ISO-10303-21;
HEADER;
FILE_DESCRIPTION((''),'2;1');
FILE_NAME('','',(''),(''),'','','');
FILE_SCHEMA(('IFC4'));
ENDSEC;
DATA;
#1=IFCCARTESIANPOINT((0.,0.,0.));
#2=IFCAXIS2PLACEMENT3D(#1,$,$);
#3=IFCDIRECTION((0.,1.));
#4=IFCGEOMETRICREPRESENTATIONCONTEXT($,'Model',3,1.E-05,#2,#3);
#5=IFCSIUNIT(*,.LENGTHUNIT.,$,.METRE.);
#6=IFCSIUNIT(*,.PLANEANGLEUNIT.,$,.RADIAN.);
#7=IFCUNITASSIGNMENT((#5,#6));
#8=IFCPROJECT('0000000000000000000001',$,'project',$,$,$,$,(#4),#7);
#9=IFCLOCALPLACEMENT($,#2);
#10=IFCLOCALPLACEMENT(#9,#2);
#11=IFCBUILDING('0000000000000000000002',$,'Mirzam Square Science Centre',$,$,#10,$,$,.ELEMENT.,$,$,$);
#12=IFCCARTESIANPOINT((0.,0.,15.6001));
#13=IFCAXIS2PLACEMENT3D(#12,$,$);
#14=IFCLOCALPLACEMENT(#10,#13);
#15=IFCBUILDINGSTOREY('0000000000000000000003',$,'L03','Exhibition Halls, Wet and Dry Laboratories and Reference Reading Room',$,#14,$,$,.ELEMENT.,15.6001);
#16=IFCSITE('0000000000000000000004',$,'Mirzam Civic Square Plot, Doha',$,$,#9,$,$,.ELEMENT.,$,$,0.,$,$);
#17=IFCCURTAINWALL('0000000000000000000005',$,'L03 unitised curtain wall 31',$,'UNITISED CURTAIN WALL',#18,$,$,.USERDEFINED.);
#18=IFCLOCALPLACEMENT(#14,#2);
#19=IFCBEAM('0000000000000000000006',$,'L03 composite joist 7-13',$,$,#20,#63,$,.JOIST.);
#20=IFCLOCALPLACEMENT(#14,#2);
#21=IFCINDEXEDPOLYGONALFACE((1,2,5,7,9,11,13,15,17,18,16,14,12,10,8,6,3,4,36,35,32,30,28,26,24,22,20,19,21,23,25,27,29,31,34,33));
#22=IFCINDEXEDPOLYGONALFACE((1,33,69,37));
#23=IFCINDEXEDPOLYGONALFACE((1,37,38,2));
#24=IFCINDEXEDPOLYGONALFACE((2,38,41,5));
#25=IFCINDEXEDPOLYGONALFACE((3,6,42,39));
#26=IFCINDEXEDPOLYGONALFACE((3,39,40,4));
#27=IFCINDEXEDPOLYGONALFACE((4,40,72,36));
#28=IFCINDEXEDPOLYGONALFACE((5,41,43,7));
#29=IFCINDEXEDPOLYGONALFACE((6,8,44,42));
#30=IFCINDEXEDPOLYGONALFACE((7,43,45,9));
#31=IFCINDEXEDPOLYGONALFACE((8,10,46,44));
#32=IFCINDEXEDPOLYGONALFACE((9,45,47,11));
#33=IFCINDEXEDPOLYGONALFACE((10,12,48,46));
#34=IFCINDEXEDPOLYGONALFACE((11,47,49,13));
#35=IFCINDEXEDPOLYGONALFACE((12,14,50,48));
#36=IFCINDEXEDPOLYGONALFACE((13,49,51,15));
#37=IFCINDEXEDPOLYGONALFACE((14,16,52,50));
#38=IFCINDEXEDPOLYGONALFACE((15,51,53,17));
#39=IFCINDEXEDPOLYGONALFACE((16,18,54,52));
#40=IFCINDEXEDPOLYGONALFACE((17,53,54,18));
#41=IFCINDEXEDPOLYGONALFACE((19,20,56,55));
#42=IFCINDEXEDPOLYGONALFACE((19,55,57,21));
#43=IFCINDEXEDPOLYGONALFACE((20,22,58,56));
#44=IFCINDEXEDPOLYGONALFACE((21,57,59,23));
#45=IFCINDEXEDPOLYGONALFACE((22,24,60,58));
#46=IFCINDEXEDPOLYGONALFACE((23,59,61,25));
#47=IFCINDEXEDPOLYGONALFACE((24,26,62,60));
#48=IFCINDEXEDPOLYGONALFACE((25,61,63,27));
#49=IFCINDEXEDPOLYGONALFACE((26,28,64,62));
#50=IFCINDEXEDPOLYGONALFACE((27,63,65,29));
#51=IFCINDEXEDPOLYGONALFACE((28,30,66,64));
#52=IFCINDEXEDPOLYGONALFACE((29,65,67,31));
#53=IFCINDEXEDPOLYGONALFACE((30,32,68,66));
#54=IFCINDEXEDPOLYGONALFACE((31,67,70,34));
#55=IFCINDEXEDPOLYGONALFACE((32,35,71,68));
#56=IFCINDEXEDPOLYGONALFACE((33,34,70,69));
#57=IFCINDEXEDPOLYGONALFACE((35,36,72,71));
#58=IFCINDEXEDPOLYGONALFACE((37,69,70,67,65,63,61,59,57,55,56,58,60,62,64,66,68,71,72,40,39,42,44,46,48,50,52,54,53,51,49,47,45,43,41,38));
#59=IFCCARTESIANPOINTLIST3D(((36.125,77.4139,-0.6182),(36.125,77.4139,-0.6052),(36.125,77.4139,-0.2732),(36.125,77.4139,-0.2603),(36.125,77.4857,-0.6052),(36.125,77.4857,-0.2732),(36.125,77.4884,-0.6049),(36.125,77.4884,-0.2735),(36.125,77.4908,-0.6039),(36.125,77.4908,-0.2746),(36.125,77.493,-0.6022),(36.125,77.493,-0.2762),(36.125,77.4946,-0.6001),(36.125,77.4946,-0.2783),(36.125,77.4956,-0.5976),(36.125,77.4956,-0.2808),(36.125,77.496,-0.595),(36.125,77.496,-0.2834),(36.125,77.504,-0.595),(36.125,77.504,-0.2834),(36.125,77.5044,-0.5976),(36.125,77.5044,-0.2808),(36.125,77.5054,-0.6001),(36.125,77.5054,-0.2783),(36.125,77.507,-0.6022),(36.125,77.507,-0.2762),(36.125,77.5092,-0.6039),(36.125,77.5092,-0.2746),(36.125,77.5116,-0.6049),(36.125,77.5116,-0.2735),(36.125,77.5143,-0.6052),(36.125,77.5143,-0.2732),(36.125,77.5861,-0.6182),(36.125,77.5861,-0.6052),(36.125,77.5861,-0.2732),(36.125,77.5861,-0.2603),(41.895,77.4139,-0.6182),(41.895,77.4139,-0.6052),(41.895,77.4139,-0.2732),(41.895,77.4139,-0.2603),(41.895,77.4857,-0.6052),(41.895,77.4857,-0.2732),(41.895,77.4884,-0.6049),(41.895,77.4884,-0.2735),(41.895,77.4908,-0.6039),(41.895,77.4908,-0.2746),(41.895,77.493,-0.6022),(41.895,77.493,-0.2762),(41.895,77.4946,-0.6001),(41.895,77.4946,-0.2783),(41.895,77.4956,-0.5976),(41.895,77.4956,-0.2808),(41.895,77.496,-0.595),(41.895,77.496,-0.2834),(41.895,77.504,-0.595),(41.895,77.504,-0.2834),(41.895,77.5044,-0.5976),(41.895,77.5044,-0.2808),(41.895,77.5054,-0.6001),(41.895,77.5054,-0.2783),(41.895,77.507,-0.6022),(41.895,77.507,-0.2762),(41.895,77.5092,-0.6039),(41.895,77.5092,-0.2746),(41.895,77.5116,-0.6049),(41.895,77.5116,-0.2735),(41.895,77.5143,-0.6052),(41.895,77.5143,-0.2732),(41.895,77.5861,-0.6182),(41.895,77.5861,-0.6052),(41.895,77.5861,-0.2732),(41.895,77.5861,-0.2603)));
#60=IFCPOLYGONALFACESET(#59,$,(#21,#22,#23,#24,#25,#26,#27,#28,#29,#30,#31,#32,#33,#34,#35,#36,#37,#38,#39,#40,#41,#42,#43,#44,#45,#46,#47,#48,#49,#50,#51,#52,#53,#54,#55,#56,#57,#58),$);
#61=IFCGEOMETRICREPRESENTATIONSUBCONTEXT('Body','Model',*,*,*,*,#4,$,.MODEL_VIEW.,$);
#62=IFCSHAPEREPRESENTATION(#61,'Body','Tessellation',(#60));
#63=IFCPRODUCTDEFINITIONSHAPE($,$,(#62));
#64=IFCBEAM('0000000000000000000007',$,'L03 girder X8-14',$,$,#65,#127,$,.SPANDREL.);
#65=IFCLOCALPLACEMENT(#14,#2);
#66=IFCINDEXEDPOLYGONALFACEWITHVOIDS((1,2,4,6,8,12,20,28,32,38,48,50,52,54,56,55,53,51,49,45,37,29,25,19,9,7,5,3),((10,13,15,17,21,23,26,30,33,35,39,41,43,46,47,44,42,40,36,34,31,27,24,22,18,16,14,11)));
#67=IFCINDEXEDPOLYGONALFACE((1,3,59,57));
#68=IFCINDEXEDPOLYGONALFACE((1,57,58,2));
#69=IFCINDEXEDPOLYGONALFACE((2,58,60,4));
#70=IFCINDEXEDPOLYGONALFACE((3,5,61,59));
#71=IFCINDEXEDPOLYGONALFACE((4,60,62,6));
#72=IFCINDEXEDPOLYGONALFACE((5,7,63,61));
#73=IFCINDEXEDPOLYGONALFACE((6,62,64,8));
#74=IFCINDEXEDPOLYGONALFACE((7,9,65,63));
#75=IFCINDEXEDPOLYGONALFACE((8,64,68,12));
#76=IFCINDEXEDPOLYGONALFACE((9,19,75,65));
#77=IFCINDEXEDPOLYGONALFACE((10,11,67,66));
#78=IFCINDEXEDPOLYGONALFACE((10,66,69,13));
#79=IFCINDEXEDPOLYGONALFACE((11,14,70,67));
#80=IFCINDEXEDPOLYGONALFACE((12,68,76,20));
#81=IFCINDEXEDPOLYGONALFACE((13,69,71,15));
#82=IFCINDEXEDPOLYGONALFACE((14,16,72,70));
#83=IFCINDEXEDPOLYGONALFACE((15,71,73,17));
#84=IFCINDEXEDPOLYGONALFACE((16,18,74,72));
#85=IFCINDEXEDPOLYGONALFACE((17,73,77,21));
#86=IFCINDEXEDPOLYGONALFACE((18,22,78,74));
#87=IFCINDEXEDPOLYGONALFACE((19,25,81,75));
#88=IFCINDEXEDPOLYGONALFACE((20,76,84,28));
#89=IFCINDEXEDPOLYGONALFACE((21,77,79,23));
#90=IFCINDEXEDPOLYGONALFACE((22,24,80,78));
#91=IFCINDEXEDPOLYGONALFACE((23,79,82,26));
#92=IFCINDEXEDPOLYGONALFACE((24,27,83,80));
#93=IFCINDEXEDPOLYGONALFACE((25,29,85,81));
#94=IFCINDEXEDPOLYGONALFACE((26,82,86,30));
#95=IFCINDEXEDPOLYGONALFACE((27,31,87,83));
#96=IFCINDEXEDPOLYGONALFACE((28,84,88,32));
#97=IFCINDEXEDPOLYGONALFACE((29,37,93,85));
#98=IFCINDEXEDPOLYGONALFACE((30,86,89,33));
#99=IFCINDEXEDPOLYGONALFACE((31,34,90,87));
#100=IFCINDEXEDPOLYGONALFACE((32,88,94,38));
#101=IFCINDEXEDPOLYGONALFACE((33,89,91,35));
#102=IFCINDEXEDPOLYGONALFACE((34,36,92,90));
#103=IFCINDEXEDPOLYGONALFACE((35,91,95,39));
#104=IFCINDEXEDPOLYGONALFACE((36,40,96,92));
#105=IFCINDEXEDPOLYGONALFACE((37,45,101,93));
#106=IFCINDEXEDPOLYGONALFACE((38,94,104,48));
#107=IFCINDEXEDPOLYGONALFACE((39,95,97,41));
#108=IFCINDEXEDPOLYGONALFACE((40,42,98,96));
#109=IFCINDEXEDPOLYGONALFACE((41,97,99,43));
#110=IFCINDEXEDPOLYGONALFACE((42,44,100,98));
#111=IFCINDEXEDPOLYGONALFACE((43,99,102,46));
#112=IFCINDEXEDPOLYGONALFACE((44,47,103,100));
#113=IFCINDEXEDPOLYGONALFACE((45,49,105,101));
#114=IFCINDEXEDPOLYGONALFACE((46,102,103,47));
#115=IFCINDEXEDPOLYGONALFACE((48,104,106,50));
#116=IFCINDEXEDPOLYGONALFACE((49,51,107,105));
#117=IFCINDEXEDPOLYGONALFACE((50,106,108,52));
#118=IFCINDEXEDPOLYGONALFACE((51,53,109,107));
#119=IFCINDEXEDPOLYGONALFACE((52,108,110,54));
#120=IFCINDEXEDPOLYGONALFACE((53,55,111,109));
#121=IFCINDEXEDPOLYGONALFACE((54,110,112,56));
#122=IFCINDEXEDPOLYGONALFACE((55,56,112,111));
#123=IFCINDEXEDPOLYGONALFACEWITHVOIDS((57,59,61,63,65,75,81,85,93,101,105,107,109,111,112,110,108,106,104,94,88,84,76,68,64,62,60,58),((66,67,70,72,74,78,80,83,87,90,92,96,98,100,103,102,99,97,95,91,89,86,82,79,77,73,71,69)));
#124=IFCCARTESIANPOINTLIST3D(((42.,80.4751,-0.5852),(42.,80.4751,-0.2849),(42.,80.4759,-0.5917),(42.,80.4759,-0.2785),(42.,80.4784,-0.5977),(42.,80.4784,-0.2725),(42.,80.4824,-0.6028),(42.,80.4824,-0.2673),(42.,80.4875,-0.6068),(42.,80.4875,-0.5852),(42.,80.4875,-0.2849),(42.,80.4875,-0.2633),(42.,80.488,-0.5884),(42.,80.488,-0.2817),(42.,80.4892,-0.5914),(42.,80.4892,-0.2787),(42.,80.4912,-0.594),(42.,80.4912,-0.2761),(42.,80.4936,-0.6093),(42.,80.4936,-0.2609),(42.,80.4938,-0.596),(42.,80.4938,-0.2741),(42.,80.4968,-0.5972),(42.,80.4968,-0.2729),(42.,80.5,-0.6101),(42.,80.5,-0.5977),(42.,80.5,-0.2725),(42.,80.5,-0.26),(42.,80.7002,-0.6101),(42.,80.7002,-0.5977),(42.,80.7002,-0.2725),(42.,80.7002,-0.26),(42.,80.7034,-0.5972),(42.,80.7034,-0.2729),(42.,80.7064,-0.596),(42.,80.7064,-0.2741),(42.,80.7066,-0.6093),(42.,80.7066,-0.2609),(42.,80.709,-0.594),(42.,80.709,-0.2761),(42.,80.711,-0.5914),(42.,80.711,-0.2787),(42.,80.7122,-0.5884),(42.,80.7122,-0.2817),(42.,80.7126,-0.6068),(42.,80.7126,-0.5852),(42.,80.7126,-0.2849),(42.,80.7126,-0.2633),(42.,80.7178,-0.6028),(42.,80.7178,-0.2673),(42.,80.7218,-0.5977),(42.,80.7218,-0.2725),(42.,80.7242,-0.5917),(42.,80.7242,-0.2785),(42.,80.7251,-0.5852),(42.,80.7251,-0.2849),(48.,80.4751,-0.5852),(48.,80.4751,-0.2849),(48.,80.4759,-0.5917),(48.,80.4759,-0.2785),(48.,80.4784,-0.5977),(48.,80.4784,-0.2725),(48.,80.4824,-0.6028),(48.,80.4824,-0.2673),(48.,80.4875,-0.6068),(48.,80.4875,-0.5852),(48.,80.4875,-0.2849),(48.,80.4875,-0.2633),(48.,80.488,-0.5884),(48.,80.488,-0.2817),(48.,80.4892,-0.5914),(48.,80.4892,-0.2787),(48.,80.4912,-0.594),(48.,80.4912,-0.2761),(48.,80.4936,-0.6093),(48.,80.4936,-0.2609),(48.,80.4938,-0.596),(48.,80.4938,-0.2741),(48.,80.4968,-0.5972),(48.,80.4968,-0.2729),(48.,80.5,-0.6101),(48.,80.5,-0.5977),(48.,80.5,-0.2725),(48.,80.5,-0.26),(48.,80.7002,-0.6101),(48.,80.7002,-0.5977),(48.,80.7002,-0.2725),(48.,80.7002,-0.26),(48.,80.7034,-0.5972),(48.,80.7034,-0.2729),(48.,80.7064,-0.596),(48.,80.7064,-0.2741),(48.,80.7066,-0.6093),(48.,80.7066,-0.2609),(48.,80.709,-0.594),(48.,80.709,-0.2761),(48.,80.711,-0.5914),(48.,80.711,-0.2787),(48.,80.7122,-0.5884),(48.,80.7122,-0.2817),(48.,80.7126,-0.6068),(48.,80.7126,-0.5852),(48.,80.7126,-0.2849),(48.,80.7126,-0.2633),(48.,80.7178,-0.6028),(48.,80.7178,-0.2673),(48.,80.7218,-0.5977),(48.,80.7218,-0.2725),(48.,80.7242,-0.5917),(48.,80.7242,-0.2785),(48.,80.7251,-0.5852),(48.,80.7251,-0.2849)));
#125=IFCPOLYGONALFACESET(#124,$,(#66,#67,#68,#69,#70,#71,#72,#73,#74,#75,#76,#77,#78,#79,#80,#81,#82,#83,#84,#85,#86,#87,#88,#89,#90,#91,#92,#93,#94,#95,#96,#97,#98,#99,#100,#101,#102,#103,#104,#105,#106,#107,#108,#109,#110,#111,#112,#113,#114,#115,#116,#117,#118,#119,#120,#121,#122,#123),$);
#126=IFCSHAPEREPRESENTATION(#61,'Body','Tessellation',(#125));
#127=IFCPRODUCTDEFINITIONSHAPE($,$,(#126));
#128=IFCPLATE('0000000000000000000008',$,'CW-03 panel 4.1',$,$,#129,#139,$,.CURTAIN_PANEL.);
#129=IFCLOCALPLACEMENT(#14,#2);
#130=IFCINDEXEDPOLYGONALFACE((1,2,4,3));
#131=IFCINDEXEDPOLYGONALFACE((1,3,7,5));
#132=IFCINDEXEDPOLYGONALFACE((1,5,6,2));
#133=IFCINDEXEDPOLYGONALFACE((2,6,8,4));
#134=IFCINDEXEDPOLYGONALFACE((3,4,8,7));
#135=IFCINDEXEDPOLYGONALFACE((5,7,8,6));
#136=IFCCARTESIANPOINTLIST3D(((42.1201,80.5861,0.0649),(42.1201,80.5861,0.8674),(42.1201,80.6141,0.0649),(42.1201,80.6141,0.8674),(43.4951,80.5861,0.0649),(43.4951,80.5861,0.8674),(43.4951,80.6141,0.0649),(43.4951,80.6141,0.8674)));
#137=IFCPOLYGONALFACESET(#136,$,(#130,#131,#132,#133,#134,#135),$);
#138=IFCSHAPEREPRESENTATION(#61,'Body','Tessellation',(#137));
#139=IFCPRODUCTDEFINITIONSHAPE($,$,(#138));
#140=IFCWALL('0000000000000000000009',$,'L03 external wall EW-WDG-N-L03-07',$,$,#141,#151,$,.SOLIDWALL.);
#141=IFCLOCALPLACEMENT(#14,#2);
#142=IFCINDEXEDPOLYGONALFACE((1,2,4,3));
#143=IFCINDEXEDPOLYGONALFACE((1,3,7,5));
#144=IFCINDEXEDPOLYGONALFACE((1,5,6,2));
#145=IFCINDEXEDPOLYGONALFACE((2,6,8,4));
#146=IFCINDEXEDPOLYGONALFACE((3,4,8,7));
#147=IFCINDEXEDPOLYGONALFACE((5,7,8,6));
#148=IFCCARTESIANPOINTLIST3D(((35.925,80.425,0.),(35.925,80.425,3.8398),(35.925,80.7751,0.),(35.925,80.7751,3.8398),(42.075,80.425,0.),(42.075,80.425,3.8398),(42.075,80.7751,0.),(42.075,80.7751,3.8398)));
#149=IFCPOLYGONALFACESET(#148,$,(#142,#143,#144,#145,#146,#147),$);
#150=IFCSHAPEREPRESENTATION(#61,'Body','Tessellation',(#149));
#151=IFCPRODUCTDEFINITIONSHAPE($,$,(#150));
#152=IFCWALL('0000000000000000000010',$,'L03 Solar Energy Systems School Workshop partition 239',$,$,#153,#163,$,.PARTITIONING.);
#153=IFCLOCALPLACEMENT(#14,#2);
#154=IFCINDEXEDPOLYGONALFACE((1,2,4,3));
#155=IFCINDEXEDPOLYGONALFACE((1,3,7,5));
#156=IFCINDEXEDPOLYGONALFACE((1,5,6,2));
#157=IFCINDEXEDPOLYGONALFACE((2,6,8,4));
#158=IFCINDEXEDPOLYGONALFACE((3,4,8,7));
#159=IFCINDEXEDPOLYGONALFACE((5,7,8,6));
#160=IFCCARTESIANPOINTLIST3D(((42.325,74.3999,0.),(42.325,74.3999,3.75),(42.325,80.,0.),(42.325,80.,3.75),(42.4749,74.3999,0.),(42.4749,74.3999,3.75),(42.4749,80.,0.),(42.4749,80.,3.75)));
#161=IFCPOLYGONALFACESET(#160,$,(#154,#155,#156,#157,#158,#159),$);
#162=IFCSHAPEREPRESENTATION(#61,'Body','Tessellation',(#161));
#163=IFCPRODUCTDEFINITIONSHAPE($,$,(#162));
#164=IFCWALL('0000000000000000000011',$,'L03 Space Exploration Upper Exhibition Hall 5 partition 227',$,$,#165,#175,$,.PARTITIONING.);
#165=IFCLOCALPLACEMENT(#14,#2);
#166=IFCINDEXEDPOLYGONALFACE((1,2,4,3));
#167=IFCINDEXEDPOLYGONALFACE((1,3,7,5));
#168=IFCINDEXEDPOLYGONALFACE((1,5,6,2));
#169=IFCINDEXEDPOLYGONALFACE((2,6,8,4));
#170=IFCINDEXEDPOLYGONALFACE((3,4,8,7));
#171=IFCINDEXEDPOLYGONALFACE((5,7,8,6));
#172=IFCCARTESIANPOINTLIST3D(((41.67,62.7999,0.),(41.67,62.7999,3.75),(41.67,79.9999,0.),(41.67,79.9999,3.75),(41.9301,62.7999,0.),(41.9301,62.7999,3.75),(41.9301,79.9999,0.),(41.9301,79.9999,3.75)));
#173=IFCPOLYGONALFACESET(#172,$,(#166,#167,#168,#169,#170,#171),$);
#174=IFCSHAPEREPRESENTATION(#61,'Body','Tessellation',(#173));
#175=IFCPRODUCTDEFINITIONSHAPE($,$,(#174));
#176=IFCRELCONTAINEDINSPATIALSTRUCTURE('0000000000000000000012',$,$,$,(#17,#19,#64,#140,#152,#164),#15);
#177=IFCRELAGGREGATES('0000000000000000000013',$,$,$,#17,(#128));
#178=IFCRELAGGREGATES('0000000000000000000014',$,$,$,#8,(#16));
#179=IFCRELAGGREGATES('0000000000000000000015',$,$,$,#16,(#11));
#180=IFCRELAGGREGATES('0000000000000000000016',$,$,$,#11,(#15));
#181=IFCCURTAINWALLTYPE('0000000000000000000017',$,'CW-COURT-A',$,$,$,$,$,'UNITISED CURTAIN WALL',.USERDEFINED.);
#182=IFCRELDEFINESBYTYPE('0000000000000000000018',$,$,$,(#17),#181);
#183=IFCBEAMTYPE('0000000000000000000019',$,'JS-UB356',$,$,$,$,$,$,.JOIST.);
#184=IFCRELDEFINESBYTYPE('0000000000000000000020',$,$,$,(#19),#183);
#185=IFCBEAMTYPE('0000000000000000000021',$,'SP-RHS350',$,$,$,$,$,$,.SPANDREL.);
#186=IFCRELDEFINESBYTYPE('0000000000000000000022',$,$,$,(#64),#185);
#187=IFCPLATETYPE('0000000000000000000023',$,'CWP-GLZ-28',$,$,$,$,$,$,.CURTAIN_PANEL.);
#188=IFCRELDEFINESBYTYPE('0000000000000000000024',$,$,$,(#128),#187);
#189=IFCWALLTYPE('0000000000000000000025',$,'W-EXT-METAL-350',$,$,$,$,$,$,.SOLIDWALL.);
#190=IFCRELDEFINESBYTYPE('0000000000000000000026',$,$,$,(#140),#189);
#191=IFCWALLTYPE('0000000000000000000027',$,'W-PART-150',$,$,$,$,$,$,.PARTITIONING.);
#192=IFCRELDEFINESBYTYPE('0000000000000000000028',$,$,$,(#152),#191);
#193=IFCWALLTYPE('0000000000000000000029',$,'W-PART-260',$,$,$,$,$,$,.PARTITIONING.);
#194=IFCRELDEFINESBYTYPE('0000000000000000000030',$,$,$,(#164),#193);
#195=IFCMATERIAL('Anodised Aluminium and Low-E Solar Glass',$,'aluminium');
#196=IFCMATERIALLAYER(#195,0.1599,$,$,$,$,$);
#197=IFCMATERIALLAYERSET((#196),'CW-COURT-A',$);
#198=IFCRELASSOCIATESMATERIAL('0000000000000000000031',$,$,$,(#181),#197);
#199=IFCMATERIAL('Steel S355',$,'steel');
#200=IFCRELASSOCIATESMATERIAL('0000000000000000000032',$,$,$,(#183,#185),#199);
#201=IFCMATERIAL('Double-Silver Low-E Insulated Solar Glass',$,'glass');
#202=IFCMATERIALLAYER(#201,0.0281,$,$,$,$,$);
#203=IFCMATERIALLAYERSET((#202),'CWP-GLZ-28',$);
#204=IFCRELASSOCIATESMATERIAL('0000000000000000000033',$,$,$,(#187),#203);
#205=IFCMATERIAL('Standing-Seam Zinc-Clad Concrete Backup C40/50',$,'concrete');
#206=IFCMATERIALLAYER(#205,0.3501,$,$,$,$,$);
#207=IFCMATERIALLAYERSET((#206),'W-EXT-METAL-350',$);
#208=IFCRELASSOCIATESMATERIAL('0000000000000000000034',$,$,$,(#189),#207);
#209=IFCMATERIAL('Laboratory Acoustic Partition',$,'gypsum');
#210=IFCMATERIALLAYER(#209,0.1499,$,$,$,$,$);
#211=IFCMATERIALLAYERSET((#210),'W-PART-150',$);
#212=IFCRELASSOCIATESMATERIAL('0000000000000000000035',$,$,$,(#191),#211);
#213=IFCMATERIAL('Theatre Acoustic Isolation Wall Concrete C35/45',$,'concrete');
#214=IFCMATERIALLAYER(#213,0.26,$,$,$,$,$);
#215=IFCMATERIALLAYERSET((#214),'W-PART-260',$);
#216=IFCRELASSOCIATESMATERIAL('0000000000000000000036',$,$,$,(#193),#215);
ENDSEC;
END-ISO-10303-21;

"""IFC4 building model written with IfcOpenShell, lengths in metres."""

from ifc_helpers import new_model, si_unit, direction, frame, frame_2d, origin, origin_2d, place, context, subcontext, project, spatial, rectangle, hollow_rectangle, i_section, extrude, material, layer, layer_set, material_profile, profile_set, type_object, element, aggregate, save


model = new_model("IFC4")

# Units and contexts
model_context = context("Model", 3, precision=1e-05, world=origin(), true_north=direction((0.0, 1.0)))
body_context = subcontext(model_context, "Body", "Model", "MODEL_VIEW")
ifc_project = project(units=[si_unit("LENGTHUNIT", "METRE"), si_unit("PLANEANGLEUNIT", "RADIAN")], contexts=[model_context])

# Site, building, storey
site_placement = place(None, origin())
site = spatial("IfcSite", under=ifc_project, at=site_placement, Name="Mirzam Civic Square Plot, Doha", CompositionType="ELEMENT", RefElevation=0.0)
building_placement = place(site_placement, origin())
building = spatial("IfcBuilding", under=site, at=building_placement, Name="Mirzam Square Science Centre", CompositionType="ELEMENT")
storey_placement = place(building_placement, frame((0.0, 0.0, 15.6001)))
storey = spatial("IfcBuildingStorey", under=building, at=storey_placement, Name="L03", Description="Exhibition Halls, Wet and Dry Laboratories and Reference Reading Room", CompositionType="ELEMENT", Elevation=15.6001)

# Shared definitions
ifc_material_1 = material(Name="Steel S355", Category="steel")

# Curtain wall
ifc_material_2 = material(Name="Anodised Aluminium and Low-E Solar Glass", Category="aluminium")
ifc_layer_1 = layer(ifc_material_2, 0.1599)
ifc_layer_set_1 = layer_set([ifc_layer_1], Name="CW-COURT-A")
curtain_wall_type = type_object("IfcCurtainWallType", Name="CW-COURT-A", ElementType="UNITISED CURTAIN WALL", PredefinedType="USERDEFINED", material=ifc_layer_set_1)
curtain_wall_placement = place(storey_placement, origin())
curtain_wall = element("IfcCurtainWall", 1, at=curtain_wall_placement, inside=storey, type_object=curtain_wall_type, Name="L03 unitised curtain wall 31", ObjectType="UNITISED CURTAIN WALL", PredefinedType="USERDEFINED")

# Beams
ifc_material_profile_1 = material_profile(ifc_material_1, i_section(OverallWidth=0.1721, OverallDepth=0.3579, WebThickness=0.0081, FlangeThickness=0.0129, FilletRadius=0.0103, at=origin_2d()), Name="356x171x57UB")
ifc_profile_set_1 = profile_set([ifc_material_profile_1], Name="Steel S355")
beam_type_1 = type_object("IfcBeamType", Name="JS-UB356", PredefinedType="JOIST", material=ifc_profile_set_1)
beam_1_placement = place(storey_placement, frame((36.125, 77.5, -0.4392), z_axis=(1.0, 0.0, 0.0), x_axis=(0.0, 1.0, 0.0)))
element("IfcBeam", 2, at=beam_1_placement, inside=storey, type_object=beam_type_1, Name="L03 composite joist 7-13", PredefinedType="JOIST", context=body_context, shape_type="SweptSolid", body=[
    extrude(i_section(OverallWidth=0.1721, OverallDepth=0.3579, WebThickness=0.0081, FlangeThickness=0.0129, FilletRadius=0.0103, at=origin_2d()), origin(), (0.0, 0.0, 1.0), 5.77),
])
ifc_material_profile_2 = material_profile(ifc_material_1, hollow_rectangle(XDim=0.25, YDim=0.3501, WallThickness=0.0125, InnerFilletRadius=0.0125, OuterFilletRadius=0.0249, at=origin_2d()), Name="350x250x12.5RHS")
ifc_profile_set_2 = profile_set([ifc_material_profile_2], Name="Steel S355")
beam_type_2 = type_object("IfcBeamType", Name="SP-RHS350", PredefinedType="SPANDREL", material=ifc_profile_set_2)
beam_2_placement = place(storey_placement, frame((42.0, 80.6001, -0.4351), z_axis=(1.0, 0.0, 0.0), x_axis=(0.0, 1.0, 0.0)))
element("IfcBeam", 3, at=beam_2_placement, inside=storey, type_object=beam_type_2, Name="L03 girder X8-14", PredefinedType="SPANDREL", context=body_context, shape_type="SweptSolid", body=[
    extrude(hollow_rectangle(XDim=0.25, YDim=0.3501, WallThickness=0.0125, InnerFilletRadius=0.0125, OuterFilletRadius=0.0249, at=origin_2d()), origin(), (0.0, 0.0, 1.0), 6.0),
])

# Plate
ifc_material_3 = material(Name="Double-Silver Low-E Insulated Solar Glass", Category="glass")
ifc_layer_2 = layer(ifc_material_3, 0.0281)
ifc_layer_set_2 = layer_set([ifc_layer_2], Name="CWP-GLZ-28")
plate_type = type_object("IfcPlateType", Name="CWP-GLZ-28", PredefinedType="CURTAIN_PANEL", material=ifc_layer_set_2)
plate_placement = place(storey_placement, frame((42.8076, 80.6001, 0.0649), z_axis=(0.0, 0.0, 1.0), x_axis=(-1.0, 0.0, 0.0)))
plate = element("IfcPlate", 4, at=plate_placement, type_object=plate_type, Name="CW-03 panel 4.1", PredefinedType="CURTAIN_PANEL", context=body_context, shape_type="SweptSolid", body=[
    extrude(rectangle(XDim=1.375, YDim=0.0281, at=origin_2d()), origin(), (0.0, 0.0, 1.0), 0.8025),
])
aggregate(curtain_wall, [plate])

# Walls
ifc_material_4 = material(Name="Standing-Seam Zinc-Clad Concrete Backup C40/50", Category="concrete")
ifc_layer_3 = layer(ifc_material_4, 0.3501)
ifc_layer_set_3 = layer_set([ifc_layer_3], Name="W-EXT-METAL-350")
wall_type_1 = type_object("IfcWallType", Name="W-EXT-METAL-350", PredefinedType="SOLIDWALL", material=ifc_layer_set_3)
wall_1_placement = place(storey_placement, frame((42.075, 80.6001, 0.0), z_axis=(0.0, 0.0, 1.0), x_axis=(-1.0, 0.0, 0.0)))
element("IfcWall", 5, at=wall_1_placement, inside=storey, type_object=wall_type_1, Name="L03 external wall EW-WDG-N-L03-07", PredefinedType="SOLIDWALL", context=body_context, shape_type="SweptSolid", body=[
    extrude(rectangle(XDim=6.1499, YDim=0.3501, at=frame_2d((3.075, 0.0))), origin(), (0.0, 0.0, 1.0), 3.8398),
])
ifc_material_5 = material(Name="Laboratory Acoustic Partition", Category="gypsum")
ifc_layer_4 = layer(ifc_material_5, 0.1499)
ifc_layer_set_4 = layer_set([ifc_layer_4], Name="W-PART-150")
wall_type_2 = type_object("IfcWallType", Name="W-PART-150", PredefinedType="PARTITIONING", material=ifc_layer_set_4)
wall_2_placement = place(storey_placement, frame((42.3999, 74.3999, 0.0), z_axis=(0.0, 0.0, 1.0), x_axis=(0.0, 1.0, 0.0)))
element("IfcWall", 6, at=wall_2_placement, inside=storey, type_object=wall_type_2, Name="L03 Solar Energy Systems School Workshop partition 239", PredefinedType="PARTITIONING", context=body_context, shape_type="SweptSolid", body=[
    extrude(rectangle(XDim=5.6001, YDim=0.1499, at=frame_2d((2.8, 0.0))), origin(), (0.0, 0.0, 1.0), 3.75),
])
ifc_material_6 = material(Name="Theatre Acoustic Isolation Wall Concrete C35/45", Category="concrete")
ifc_layer_5 = layer(ifc_material_6, 0.26)
ifc_layer_set_5 = layer_set([ifc_layer_5], Name="W-PART-260")
wall_type_3 = type_object("IfcWallType", Name="W-PART-260", PredefinedType="PARTITIONING", material=ifc_layer_set_5)
wall_3_placement = place(storey_placement, frame((41.8, 80.0, 0.0), z_axis=(0.0, 0.0, 1.0), x_axis=(0.0, -1.0, 0.0)))
element("IfcWall", 7, at=wall_3_placement, inside=storey, type_object=wall_type_3, Name="L03 Space Exploration Upper Exhibition Hall 5 partition 227", PredefinedType="PARTITIONING", context=body_context, shape_type="SweptSolid", body=[
    extrude(rectangle(XDim=17.2, YDim=0.26, at=frame_2d((8.6001, 0.0))), origin(), (0.0, 0.0, 1.0), 3.75),
])

save(model, "model.ifc")
